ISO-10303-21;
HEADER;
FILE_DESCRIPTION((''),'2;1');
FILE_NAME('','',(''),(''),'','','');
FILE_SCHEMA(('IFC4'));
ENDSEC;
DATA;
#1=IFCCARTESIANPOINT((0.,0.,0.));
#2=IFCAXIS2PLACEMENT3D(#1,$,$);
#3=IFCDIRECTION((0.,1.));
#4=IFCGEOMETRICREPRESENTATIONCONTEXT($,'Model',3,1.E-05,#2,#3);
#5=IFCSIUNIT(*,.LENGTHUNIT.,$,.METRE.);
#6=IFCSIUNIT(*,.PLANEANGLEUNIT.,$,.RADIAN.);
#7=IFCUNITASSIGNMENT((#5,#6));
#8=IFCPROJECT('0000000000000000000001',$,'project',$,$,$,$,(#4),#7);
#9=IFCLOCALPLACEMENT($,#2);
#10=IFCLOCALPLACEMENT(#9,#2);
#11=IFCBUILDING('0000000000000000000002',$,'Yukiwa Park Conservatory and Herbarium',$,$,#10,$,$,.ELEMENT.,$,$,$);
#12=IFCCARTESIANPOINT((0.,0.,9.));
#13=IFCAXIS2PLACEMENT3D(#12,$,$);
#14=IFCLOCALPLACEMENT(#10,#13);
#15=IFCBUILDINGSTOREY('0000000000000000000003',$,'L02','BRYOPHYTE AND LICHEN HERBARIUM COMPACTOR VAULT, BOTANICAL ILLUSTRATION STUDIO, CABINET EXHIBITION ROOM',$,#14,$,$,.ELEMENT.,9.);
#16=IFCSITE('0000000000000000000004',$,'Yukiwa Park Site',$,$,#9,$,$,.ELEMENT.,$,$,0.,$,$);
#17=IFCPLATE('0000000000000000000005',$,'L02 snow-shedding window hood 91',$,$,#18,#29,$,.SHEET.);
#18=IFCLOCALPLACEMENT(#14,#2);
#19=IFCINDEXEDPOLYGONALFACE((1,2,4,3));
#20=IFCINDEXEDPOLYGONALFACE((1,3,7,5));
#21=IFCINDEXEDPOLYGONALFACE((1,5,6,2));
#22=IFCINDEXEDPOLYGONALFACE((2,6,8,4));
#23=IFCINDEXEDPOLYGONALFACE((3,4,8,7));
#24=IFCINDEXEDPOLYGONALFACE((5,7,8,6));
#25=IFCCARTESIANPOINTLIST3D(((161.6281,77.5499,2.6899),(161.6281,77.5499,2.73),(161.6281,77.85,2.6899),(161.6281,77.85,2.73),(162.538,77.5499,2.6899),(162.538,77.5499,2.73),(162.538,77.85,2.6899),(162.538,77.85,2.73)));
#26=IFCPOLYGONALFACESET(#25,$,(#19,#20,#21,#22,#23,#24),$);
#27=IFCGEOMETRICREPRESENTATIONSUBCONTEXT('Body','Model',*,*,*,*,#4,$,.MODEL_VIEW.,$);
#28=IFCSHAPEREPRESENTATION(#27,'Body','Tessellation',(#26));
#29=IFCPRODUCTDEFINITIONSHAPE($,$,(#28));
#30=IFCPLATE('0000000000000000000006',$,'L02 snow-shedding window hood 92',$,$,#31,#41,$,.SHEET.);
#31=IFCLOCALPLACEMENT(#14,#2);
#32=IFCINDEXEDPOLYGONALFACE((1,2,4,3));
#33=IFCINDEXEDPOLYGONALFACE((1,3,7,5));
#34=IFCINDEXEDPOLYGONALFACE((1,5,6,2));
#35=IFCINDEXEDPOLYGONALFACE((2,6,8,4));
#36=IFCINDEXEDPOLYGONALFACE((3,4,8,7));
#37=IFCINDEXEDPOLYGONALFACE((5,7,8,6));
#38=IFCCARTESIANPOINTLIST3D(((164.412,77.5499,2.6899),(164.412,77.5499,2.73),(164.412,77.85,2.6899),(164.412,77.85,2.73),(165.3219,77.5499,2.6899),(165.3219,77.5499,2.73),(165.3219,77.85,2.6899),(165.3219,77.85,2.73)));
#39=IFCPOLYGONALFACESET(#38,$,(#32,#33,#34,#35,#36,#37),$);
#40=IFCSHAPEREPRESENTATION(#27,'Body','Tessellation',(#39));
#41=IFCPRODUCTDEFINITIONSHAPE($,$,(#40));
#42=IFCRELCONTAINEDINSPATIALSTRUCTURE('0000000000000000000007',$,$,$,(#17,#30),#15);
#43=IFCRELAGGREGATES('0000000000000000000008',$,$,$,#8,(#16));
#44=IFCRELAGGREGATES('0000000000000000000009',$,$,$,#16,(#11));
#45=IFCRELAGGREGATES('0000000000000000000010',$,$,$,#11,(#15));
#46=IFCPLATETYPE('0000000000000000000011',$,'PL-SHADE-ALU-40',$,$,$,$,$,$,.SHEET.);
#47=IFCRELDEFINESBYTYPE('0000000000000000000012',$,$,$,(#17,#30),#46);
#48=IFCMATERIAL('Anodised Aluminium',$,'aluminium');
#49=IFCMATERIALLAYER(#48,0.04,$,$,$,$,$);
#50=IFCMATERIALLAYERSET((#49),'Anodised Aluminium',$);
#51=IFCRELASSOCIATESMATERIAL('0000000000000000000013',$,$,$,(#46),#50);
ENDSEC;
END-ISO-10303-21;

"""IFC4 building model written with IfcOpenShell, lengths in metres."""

from ifc_helpers import new_model, si_unit, direction, frame, origin, origin_2d, place, context, subcontext, project, spatial, rectangle, extrude, material, layer, layer_set, type_object, element, save


model = new_model("IFC4")

# Units and contexts
model_context = context("Model", 3, precision=1e-05, world=origin(), true_north=direction((0.0, 1.0)))
body_context = subcontext(model_context, "Body", "Model", "MODEL_VIEW")
ifc_project = project(units=[si_unit("LENGTHUNIT", "METRE"), si_unit("PLANEANGLEUNIT", "RADIAN")], contexts=[model_context])

# Site, building, storey
site_placement = place(None, origin())
site = spatial("IfcSite", under=ifc_project, at=site_placement, Name="Yukiwa Park Site", CompositionType="ELEMENT", RefElevation=0.0)
building_placement = place(site_placement, origin())
building = spatial("IfcBuilding", under=site, at=building_placement, Name="Yukiwa Park Conservatory and Herbarium", CompositionType="ELEMENT")
storey_placement = place(building_placement, frame((0.0, 0.0, 9.0)))
storey = spatial("IfcBuildingStorey", under=building, at=storey_placement, Name="L02", Description="BRYOPHYTE AND LICHEN HERBARIUM COMPACTOR VAULT, BOTANICAL ILLUSTRATION STUDIO, CABINET EXHIBITION ROOM", CompositionType="ELEMENT", Elevation=9.0)

# Plates
ifc_material_1 = material(Name="Anodised Aluminium", Category="aluminium")
ifc_layer_1 = layer(ifc_material_1, 0.04)
ifc_layer_set_1 = layer_set([ifc_layer_1], Name="Anodised Aluminium")
plate_type_1 = type_object("IfcPlateType", Name="PL-SHADE-ALU-40", PredefinedType="SHEET", material=ifc_layer_set_1)
for number, where, z_axis, x_axis, name in (
    (1, (162.083, 77.7, 2.6899), (0.0, 0.0, 1.0), (1.0, 0.0, 0.0), "L02 snow-shedding window hood 91"),
    (2, (164.8669, 77.7, 2.6899), (0.0, 0.0, 1.0), (1.0, 0.0, 0.0), "L02 snow-shedding window hood 92"),
):
    element("IfcPlate", number, at=place(storey_placement, frame(where, z_axis=z_axis, x_axis=x_axis)), inside=storey, type_object=plate_type_1, Name=name, PredefinedType="SHEET", context=body_context, shape_type="SweptSolid", body=[
        extrude(rectangle(XDim=0.9099, YDim=0.3, at=origin_2d()), origin(), (0.0, 0.0, 1.0), 0.04),
    ])

save(model, "model.ifc")
